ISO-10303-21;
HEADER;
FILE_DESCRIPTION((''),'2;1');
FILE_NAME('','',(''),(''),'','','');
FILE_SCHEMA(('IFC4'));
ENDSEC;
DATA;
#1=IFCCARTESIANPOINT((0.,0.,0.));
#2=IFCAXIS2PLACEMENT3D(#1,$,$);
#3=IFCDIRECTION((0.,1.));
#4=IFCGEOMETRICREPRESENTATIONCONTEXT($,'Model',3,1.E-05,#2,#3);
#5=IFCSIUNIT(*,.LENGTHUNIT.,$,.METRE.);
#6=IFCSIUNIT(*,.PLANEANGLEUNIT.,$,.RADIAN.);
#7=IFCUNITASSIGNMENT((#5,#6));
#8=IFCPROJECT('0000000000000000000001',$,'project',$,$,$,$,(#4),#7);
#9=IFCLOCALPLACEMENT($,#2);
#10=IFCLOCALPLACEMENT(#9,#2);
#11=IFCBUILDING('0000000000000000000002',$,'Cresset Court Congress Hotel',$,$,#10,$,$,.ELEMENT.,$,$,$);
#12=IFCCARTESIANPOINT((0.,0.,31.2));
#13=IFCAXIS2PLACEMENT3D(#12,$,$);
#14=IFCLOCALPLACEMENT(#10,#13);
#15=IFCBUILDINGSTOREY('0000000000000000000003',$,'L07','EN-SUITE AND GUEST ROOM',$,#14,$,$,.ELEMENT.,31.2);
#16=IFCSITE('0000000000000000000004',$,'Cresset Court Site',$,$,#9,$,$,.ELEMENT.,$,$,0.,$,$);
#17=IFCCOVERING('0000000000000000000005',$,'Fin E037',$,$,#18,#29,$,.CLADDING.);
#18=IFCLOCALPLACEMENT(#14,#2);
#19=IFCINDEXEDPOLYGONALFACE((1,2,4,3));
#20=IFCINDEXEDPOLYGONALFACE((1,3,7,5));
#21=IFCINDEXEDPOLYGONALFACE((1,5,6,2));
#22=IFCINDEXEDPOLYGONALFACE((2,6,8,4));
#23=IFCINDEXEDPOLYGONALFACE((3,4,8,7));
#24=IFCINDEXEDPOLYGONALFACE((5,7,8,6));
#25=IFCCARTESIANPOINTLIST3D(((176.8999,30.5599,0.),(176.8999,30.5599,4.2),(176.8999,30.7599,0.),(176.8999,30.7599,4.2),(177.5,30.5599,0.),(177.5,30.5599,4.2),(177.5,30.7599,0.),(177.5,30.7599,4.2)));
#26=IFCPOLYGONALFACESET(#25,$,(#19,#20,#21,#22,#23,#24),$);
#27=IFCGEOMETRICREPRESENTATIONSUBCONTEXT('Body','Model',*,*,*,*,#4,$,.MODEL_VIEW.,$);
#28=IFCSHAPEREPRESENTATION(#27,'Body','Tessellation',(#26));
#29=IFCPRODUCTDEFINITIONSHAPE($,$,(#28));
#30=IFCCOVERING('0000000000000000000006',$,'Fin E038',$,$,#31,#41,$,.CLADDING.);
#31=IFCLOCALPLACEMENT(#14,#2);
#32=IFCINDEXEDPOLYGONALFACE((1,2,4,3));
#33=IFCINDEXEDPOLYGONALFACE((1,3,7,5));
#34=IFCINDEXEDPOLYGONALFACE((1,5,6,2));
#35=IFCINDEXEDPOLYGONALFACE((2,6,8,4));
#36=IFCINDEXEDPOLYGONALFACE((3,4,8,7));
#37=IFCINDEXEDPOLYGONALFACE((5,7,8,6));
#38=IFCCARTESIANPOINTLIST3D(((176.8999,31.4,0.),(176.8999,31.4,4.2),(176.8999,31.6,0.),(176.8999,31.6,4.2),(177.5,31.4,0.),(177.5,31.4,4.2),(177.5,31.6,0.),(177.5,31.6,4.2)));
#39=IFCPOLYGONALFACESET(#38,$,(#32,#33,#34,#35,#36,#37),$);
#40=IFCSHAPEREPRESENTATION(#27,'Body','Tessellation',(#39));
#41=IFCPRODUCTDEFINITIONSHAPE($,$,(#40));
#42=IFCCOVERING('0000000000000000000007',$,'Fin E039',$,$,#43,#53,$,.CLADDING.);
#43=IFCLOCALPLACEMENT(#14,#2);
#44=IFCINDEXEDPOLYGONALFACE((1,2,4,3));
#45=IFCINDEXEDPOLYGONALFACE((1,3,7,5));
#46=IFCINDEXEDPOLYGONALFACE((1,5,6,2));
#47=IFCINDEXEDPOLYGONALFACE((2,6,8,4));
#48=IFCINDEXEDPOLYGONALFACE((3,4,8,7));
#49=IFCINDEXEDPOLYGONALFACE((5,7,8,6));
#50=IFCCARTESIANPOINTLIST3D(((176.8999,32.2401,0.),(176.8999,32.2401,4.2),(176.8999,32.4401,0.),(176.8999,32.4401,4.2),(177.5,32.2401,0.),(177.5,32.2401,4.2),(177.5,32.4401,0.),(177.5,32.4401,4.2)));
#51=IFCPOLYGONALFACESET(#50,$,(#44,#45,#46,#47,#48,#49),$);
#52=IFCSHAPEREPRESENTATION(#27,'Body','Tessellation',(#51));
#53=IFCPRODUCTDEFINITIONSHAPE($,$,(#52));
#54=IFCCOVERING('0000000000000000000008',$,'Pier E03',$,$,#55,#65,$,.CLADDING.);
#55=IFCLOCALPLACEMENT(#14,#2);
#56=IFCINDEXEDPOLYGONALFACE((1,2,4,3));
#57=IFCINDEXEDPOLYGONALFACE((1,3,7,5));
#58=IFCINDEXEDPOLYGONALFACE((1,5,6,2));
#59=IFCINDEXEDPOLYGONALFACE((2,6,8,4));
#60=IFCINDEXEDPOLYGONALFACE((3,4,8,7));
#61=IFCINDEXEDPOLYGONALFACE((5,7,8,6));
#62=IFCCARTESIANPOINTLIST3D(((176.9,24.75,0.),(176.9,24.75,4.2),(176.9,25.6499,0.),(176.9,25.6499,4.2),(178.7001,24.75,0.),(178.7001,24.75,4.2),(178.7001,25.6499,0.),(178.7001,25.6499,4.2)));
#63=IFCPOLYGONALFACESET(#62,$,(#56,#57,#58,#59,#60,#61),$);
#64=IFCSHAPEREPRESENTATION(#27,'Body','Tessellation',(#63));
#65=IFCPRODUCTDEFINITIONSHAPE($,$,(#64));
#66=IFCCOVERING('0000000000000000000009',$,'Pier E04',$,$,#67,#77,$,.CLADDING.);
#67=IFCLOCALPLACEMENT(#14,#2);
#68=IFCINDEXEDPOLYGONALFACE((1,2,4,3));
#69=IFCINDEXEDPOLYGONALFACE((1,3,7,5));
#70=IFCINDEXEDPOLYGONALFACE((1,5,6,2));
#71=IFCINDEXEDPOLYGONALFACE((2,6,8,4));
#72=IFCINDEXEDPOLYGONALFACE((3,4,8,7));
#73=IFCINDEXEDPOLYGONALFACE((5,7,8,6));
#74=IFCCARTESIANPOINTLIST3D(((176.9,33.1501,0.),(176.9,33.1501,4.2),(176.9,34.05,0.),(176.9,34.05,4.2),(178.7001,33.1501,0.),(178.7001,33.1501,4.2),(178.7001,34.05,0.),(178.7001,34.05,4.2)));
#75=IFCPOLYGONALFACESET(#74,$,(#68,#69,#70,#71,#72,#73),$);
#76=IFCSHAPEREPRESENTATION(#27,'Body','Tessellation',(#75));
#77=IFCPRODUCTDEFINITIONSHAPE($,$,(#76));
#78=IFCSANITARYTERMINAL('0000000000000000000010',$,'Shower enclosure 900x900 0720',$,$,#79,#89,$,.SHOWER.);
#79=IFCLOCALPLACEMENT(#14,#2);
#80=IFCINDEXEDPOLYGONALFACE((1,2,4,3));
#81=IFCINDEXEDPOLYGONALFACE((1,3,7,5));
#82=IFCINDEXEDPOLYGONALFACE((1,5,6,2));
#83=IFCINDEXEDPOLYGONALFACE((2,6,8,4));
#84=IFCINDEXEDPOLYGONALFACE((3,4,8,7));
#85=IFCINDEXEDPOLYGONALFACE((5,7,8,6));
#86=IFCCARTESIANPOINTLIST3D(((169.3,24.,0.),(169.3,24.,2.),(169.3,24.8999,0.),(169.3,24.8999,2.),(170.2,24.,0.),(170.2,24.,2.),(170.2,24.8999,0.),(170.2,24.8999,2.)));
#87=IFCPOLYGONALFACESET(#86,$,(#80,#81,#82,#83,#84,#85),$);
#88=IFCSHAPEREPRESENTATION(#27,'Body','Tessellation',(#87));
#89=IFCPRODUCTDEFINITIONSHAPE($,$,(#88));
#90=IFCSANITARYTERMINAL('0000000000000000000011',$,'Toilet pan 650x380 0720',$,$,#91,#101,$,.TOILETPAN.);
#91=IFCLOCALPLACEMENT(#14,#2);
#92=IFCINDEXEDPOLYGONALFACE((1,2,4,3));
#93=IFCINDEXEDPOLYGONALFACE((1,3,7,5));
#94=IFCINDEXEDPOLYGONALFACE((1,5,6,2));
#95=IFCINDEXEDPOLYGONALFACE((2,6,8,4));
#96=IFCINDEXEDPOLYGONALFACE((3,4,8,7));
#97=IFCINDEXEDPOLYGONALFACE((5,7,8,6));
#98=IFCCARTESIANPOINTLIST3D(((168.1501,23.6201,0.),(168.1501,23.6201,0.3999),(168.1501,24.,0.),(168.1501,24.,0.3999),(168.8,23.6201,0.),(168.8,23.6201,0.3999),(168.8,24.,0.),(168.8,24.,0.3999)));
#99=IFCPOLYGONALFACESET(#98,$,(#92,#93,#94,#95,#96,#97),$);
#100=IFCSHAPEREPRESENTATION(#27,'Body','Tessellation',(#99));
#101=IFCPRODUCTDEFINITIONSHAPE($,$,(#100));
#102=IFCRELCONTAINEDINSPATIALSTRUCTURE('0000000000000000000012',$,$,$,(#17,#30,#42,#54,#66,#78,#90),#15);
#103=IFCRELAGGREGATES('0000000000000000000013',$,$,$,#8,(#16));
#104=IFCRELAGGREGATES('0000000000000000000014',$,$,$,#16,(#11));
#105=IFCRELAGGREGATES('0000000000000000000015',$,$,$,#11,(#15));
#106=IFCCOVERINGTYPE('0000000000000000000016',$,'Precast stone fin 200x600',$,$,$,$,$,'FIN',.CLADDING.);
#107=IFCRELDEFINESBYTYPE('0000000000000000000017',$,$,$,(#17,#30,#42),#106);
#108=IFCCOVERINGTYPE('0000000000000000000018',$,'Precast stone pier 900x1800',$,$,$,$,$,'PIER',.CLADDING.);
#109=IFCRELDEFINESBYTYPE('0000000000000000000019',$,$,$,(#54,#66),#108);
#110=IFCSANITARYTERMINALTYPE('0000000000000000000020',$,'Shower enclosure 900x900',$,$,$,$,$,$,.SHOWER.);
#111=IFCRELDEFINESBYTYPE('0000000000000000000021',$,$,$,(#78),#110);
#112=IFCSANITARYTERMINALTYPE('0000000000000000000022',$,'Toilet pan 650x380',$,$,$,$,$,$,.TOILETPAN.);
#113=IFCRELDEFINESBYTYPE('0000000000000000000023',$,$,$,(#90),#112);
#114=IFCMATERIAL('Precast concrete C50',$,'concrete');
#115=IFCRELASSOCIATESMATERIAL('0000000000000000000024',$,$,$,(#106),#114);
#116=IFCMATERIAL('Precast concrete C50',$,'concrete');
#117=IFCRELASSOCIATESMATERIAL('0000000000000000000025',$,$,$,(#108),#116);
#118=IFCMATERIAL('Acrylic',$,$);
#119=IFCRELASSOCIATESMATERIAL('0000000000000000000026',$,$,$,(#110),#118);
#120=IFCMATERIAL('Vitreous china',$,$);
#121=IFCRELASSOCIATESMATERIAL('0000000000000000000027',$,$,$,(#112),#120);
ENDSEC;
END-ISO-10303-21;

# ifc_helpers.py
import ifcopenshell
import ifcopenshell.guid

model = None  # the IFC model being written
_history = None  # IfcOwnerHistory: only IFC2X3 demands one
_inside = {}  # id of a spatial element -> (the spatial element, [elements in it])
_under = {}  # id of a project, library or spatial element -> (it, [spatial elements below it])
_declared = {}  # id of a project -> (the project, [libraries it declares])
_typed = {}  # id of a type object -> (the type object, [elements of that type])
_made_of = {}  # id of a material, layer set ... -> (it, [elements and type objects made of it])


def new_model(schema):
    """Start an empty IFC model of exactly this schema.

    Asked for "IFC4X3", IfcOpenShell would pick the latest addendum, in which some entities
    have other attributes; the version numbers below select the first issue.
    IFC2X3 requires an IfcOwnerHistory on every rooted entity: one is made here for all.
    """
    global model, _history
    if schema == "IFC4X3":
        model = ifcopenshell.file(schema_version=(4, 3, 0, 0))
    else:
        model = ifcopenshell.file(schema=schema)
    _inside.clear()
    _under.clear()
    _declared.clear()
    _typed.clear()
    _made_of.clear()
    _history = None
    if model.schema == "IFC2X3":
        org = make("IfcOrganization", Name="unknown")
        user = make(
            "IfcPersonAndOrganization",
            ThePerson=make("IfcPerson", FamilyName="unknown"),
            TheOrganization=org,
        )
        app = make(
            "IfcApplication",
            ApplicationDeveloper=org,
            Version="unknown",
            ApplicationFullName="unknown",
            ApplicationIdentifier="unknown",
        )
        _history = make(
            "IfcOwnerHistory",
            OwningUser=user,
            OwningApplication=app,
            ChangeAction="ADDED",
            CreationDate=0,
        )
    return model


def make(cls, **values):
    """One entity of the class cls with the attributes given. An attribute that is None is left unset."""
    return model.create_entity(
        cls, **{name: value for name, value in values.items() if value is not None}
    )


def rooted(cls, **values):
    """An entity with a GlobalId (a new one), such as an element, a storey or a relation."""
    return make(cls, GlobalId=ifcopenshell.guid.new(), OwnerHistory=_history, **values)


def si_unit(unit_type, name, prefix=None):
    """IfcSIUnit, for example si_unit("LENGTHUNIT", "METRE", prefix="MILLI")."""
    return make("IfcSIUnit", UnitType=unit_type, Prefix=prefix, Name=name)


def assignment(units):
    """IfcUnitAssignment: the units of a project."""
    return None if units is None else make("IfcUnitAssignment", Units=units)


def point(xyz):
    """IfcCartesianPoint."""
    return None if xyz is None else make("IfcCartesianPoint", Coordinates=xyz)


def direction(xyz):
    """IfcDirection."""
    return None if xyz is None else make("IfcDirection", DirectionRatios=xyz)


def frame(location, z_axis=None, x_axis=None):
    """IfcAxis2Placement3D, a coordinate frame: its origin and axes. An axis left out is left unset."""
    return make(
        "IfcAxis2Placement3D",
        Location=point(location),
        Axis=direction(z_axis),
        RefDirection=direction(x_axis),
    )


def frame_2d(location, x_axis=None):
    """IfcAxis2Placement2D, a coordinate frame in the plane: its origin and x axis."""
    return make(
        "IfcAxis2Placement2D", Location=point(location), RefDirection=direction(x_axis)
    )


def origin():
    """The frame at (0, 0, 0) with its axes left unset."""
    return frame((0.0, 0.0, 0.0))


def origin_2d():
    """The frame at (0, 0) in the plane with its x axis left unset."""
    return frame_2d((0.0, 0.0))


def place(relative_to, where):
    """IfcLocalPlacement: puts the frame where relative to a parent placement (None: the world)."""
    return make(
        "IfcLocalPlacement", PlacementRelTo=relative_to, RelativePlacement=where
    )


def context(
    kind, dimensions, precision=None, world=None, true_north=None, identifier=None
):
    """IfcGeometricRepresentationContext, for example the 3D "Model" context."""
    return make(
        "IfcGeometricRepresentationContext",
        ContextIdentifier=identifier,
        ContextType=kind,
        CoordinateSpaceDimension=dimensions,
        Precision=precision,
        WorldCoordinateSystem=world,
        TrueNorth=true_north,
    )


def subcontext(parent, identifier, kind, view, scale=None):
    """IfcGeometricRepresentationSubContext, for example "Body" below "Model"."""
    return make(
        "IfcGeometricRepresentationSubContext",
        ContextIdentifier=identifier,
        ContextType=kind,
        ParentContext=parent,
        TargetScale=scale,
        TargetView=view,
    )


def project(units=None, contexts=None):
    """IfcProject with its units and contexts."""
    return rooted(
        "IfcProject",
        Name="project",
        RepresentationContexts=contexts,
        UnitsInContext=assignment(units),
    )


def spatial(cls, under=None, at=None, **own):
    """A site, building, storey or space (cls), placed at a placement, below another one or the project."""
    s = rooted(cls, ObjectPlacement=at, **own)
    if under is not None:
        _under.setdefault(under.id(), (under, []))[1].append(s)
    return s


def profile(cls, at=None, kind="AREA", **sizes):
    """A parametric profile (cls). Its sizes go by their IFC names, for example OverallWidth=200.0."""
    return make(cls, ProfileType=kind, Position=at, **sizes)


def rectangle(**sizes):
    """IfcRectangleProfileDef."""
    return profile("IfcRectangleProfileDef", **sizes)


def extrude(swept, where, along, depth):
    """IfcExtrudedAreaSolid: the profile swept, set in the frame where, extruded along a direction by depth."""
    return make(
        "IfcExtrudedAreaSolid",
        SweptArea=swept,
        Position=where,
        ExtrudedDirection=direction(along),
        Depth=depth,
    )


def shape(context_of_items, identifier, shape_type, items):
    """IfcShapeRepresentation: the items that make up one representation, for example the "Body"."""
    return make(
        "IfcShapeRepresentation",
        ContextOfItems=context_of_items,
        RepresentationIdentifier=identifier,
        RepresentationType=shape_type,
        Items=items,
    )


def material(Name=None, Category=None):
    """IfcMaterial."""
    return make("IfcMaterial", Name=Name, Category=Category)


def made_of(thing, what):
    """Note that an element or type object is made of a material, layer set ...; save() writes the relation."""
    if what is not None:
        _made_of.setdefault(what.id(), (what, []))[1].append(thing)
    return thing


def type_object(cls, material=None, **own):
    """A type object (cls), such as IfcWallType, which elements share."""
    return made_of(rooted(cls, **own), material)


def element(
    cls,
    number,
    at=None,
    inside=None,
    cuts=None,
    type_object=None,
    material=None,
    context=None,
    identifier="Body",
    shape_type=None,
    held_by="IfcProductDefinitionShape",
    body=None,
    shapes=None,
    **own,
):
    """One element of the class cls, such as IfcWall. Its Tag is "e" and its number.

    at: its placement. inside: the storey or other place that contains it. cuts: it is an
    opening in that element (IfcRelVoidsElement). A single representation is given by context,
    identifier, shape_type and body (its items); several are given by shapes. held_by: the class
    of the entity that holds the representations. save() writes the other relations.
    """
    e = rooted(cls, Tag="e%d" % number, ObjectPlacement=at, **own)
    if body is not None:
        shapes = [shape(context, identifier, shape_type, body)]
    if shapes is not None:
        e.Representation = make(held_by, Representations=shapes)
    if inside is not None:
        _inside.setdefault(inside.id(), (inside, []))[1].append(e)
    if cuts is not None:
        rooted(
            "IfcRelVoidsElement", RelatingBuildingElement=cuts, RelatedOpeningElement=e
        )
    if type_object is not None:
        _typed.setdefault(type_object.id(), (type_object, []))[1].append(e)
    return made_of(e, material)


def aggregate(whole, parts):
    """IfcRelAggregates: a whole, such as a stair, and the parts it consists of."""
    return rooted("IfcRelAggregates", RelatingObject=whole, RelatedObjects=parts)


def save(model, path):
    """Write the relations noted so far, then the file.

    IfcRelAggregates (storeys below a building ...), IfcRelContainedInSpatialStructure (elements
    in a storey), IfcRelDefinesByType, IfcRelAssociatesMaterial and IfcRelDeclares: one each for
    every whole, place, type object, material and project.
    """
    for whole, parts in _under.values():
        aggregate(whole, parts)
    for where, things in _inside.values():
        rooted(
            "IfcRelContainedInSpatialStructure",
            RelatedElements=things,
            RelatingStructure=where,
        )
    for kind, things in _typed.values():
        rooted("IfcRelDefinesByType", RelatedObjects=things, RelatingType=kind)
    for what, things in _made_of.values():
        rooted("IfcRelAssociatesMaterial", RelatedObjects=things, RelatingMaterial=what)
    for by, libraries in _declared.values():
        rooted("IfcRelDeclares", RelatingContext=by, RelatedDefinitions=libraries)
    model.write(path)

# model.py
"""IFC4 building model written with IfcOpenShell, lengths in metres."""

from ifc_helpers import new_model, si_unit, direction, frame, origin, origin_2d, place, context, subcontext, project, spatial, rectangle, extrude, material, type_object, element, save


model = new_model("IFC4")

# Units and contexts
model_context = context("Model", 3, precision=1e-05, world=origin(), true_north=direction((0.0, 1.0)))
body_context = subcontext(model_context, "Body", "Model", "MODEL_VIEW")
ifc_project = project(units=[si_unit("LENGTHUNIT", "METRE"), si_unit("PLANEANGLEUNIT", "RADIAN")], contexts=[model_context])

# Site, building, storey
site_placement = place(None, origin())
site = spatial("IfcSite", under=ifc_project, at=site_placement, Name="Cresset Court Site", CompositionType="ELEMENT", RefElevation=0.0)
building_placement = place(site_placement, origin())
building = spatial("IfcBuilding", under=site, at=building_placement, Name="Cresset Court Congress Hotel", CompositionType="ELEMENT")
storey_placement = place(building_placement, frame((0.0, 0.0, 31.2)))
storey = spatial("IfcBuildingStorey", under=building, at=storey_placement, Name="L07", Description="EN-SUITE AND GUEST ROOM", CompositionType="ELEMENT", Elevation=31.2)

# Coverings
ifc_material_1 = material(Name="Precast concrete C50", Category="concrete")
covering_type_1 = type_object("IfcCoveringType", Name="Precast stone fin 200x600", ElementType="FIN", PredefinedType="CLADDING", material=ifc_material_1)
for number, where, z_axis, x_axis, name in (
    (1, (177.2, 30.6599, 0.0), (0.0, 0.0, 1.0), (1.0, 0.0, 0.0), "Fin E037"),
    (2, (177.2, 31.5, 0.0), (0.0, 0.0, 1.0), (1.0, 0.0, 0.0), "Fin E038"),
    (3, (177.2, 32.3401, 0.0), (0.0, 0.0, 1.0), (1.0, 0.0, 0.0), "Fin E039"),
):
    element("IfcCovering", number, at=place(storey_placement, frame(where, z_axis=z_axis, x_axis=x_axis)), inside=storey, type_object=covering_type_1, Name=name, PredefinedType="CLADDING", context=body_context, shape_type="SweptSolid", body=[
        extrude(rectangle(XDim=0.6001, YDim=0.2, at=origin_2d()), origin(), (0.0, 0.0, 1.0), 4.2),
    ])
ifc_material_2 = material(Name="Precast concrete C50", Category="concrete")
covering_type_2 = type_object("IfcCoveringType", Name="Precast stone pier 900x1800", ElementType="PIER", PredefinedType="CLADDING", material=ifc_material_2)
for number, where, z_axis, x_axis, name in (
    (4, (177.8, 25.2, 0.0), (0.0, 0.0, 1.0), (1.0, 0.0, 0.0), "Pier E03"),
    (5, (177.8, 33.6001, 0.0), (0.0, 0.0, 1.0), (1.0, 0.0, 0.0), "Pier E04"),
):
    element("IfcCovering", number, at=place(storey_placement, frame(where, z_axis=z_axis, x_axis=x_axis)), inside=storey, type_object=covering_type_2, Name=name, PredefinedType="CLADDING", context=body_context, shape_type="SweptSolid", body=[
        extrude(rectangle(XDim=1.8, YDim=0.8999, at=origin_2d()), origin(), (0.0, 0.0, 1.0), 4.2),
    ])

# Sanitary terminals
ifc_material_3 = material(Name="Acrylic")
sanitary_terminal_type_1 = type_object("IfcSanitaryTerminalType", Name="Shower enclosure 900x900", PredefinedType="SHOWER", material=ifc_material_3)
sanitary_terminal_1_placement = place(storey_placement, frame((169.75, 24.45, 0.0), z_axis=(0.0, 0.0, 1.0), x_axis=(1.0, 0.0, 0.0)))
element("IfcSanitaryTerminal", 6, at=sanitary_terminal_1_placement, inside=storey, type_object=sanitary_terminal_type_1, Name="Shower enclosure 900x900 0720", PredefinedType="SHOWER", context=body_context, shape_type="SweptSolid", body=[
    extrude(rectangle(XDim=0.8999, YDim=0.8999, at=origin_2d()), origin(), (0.0, 0.0, 1.0), 2.0),
])
ifc_material_4 = material(Name="Vitreous china")
sanitary_terminal_type_2 = type_object("IfcSanitaryTerminalType", Name="Toilet pan 650x380", PredefinedType="TOILETPAN", material=ifc_material_4)
sanitary_terminal_2_placement = place(storey_placement, frame((168.4751, 23.8101, 0.0), z_axis=(0.0, 0.0, 1.0), x_axis=(1.0, 0.0, 0.0)))
element("IfcSanitaryTerminal", 7, at=sanitary_terminal_2_placement, inside=storey, type_object=sanitary_terminal_type_2, Name="Toilet pan 650x380 0720", PredefinedType="TOILETPAN", context=body_context, shape_type="SweptSolid", body=[
    extrude(rectangle(XDim=0.6499, YDim=0.3799, at=origin_2d()), origin(), (0.0, 0.0, 1.0), 0.3999),
])

save(model, "model.ifc")
